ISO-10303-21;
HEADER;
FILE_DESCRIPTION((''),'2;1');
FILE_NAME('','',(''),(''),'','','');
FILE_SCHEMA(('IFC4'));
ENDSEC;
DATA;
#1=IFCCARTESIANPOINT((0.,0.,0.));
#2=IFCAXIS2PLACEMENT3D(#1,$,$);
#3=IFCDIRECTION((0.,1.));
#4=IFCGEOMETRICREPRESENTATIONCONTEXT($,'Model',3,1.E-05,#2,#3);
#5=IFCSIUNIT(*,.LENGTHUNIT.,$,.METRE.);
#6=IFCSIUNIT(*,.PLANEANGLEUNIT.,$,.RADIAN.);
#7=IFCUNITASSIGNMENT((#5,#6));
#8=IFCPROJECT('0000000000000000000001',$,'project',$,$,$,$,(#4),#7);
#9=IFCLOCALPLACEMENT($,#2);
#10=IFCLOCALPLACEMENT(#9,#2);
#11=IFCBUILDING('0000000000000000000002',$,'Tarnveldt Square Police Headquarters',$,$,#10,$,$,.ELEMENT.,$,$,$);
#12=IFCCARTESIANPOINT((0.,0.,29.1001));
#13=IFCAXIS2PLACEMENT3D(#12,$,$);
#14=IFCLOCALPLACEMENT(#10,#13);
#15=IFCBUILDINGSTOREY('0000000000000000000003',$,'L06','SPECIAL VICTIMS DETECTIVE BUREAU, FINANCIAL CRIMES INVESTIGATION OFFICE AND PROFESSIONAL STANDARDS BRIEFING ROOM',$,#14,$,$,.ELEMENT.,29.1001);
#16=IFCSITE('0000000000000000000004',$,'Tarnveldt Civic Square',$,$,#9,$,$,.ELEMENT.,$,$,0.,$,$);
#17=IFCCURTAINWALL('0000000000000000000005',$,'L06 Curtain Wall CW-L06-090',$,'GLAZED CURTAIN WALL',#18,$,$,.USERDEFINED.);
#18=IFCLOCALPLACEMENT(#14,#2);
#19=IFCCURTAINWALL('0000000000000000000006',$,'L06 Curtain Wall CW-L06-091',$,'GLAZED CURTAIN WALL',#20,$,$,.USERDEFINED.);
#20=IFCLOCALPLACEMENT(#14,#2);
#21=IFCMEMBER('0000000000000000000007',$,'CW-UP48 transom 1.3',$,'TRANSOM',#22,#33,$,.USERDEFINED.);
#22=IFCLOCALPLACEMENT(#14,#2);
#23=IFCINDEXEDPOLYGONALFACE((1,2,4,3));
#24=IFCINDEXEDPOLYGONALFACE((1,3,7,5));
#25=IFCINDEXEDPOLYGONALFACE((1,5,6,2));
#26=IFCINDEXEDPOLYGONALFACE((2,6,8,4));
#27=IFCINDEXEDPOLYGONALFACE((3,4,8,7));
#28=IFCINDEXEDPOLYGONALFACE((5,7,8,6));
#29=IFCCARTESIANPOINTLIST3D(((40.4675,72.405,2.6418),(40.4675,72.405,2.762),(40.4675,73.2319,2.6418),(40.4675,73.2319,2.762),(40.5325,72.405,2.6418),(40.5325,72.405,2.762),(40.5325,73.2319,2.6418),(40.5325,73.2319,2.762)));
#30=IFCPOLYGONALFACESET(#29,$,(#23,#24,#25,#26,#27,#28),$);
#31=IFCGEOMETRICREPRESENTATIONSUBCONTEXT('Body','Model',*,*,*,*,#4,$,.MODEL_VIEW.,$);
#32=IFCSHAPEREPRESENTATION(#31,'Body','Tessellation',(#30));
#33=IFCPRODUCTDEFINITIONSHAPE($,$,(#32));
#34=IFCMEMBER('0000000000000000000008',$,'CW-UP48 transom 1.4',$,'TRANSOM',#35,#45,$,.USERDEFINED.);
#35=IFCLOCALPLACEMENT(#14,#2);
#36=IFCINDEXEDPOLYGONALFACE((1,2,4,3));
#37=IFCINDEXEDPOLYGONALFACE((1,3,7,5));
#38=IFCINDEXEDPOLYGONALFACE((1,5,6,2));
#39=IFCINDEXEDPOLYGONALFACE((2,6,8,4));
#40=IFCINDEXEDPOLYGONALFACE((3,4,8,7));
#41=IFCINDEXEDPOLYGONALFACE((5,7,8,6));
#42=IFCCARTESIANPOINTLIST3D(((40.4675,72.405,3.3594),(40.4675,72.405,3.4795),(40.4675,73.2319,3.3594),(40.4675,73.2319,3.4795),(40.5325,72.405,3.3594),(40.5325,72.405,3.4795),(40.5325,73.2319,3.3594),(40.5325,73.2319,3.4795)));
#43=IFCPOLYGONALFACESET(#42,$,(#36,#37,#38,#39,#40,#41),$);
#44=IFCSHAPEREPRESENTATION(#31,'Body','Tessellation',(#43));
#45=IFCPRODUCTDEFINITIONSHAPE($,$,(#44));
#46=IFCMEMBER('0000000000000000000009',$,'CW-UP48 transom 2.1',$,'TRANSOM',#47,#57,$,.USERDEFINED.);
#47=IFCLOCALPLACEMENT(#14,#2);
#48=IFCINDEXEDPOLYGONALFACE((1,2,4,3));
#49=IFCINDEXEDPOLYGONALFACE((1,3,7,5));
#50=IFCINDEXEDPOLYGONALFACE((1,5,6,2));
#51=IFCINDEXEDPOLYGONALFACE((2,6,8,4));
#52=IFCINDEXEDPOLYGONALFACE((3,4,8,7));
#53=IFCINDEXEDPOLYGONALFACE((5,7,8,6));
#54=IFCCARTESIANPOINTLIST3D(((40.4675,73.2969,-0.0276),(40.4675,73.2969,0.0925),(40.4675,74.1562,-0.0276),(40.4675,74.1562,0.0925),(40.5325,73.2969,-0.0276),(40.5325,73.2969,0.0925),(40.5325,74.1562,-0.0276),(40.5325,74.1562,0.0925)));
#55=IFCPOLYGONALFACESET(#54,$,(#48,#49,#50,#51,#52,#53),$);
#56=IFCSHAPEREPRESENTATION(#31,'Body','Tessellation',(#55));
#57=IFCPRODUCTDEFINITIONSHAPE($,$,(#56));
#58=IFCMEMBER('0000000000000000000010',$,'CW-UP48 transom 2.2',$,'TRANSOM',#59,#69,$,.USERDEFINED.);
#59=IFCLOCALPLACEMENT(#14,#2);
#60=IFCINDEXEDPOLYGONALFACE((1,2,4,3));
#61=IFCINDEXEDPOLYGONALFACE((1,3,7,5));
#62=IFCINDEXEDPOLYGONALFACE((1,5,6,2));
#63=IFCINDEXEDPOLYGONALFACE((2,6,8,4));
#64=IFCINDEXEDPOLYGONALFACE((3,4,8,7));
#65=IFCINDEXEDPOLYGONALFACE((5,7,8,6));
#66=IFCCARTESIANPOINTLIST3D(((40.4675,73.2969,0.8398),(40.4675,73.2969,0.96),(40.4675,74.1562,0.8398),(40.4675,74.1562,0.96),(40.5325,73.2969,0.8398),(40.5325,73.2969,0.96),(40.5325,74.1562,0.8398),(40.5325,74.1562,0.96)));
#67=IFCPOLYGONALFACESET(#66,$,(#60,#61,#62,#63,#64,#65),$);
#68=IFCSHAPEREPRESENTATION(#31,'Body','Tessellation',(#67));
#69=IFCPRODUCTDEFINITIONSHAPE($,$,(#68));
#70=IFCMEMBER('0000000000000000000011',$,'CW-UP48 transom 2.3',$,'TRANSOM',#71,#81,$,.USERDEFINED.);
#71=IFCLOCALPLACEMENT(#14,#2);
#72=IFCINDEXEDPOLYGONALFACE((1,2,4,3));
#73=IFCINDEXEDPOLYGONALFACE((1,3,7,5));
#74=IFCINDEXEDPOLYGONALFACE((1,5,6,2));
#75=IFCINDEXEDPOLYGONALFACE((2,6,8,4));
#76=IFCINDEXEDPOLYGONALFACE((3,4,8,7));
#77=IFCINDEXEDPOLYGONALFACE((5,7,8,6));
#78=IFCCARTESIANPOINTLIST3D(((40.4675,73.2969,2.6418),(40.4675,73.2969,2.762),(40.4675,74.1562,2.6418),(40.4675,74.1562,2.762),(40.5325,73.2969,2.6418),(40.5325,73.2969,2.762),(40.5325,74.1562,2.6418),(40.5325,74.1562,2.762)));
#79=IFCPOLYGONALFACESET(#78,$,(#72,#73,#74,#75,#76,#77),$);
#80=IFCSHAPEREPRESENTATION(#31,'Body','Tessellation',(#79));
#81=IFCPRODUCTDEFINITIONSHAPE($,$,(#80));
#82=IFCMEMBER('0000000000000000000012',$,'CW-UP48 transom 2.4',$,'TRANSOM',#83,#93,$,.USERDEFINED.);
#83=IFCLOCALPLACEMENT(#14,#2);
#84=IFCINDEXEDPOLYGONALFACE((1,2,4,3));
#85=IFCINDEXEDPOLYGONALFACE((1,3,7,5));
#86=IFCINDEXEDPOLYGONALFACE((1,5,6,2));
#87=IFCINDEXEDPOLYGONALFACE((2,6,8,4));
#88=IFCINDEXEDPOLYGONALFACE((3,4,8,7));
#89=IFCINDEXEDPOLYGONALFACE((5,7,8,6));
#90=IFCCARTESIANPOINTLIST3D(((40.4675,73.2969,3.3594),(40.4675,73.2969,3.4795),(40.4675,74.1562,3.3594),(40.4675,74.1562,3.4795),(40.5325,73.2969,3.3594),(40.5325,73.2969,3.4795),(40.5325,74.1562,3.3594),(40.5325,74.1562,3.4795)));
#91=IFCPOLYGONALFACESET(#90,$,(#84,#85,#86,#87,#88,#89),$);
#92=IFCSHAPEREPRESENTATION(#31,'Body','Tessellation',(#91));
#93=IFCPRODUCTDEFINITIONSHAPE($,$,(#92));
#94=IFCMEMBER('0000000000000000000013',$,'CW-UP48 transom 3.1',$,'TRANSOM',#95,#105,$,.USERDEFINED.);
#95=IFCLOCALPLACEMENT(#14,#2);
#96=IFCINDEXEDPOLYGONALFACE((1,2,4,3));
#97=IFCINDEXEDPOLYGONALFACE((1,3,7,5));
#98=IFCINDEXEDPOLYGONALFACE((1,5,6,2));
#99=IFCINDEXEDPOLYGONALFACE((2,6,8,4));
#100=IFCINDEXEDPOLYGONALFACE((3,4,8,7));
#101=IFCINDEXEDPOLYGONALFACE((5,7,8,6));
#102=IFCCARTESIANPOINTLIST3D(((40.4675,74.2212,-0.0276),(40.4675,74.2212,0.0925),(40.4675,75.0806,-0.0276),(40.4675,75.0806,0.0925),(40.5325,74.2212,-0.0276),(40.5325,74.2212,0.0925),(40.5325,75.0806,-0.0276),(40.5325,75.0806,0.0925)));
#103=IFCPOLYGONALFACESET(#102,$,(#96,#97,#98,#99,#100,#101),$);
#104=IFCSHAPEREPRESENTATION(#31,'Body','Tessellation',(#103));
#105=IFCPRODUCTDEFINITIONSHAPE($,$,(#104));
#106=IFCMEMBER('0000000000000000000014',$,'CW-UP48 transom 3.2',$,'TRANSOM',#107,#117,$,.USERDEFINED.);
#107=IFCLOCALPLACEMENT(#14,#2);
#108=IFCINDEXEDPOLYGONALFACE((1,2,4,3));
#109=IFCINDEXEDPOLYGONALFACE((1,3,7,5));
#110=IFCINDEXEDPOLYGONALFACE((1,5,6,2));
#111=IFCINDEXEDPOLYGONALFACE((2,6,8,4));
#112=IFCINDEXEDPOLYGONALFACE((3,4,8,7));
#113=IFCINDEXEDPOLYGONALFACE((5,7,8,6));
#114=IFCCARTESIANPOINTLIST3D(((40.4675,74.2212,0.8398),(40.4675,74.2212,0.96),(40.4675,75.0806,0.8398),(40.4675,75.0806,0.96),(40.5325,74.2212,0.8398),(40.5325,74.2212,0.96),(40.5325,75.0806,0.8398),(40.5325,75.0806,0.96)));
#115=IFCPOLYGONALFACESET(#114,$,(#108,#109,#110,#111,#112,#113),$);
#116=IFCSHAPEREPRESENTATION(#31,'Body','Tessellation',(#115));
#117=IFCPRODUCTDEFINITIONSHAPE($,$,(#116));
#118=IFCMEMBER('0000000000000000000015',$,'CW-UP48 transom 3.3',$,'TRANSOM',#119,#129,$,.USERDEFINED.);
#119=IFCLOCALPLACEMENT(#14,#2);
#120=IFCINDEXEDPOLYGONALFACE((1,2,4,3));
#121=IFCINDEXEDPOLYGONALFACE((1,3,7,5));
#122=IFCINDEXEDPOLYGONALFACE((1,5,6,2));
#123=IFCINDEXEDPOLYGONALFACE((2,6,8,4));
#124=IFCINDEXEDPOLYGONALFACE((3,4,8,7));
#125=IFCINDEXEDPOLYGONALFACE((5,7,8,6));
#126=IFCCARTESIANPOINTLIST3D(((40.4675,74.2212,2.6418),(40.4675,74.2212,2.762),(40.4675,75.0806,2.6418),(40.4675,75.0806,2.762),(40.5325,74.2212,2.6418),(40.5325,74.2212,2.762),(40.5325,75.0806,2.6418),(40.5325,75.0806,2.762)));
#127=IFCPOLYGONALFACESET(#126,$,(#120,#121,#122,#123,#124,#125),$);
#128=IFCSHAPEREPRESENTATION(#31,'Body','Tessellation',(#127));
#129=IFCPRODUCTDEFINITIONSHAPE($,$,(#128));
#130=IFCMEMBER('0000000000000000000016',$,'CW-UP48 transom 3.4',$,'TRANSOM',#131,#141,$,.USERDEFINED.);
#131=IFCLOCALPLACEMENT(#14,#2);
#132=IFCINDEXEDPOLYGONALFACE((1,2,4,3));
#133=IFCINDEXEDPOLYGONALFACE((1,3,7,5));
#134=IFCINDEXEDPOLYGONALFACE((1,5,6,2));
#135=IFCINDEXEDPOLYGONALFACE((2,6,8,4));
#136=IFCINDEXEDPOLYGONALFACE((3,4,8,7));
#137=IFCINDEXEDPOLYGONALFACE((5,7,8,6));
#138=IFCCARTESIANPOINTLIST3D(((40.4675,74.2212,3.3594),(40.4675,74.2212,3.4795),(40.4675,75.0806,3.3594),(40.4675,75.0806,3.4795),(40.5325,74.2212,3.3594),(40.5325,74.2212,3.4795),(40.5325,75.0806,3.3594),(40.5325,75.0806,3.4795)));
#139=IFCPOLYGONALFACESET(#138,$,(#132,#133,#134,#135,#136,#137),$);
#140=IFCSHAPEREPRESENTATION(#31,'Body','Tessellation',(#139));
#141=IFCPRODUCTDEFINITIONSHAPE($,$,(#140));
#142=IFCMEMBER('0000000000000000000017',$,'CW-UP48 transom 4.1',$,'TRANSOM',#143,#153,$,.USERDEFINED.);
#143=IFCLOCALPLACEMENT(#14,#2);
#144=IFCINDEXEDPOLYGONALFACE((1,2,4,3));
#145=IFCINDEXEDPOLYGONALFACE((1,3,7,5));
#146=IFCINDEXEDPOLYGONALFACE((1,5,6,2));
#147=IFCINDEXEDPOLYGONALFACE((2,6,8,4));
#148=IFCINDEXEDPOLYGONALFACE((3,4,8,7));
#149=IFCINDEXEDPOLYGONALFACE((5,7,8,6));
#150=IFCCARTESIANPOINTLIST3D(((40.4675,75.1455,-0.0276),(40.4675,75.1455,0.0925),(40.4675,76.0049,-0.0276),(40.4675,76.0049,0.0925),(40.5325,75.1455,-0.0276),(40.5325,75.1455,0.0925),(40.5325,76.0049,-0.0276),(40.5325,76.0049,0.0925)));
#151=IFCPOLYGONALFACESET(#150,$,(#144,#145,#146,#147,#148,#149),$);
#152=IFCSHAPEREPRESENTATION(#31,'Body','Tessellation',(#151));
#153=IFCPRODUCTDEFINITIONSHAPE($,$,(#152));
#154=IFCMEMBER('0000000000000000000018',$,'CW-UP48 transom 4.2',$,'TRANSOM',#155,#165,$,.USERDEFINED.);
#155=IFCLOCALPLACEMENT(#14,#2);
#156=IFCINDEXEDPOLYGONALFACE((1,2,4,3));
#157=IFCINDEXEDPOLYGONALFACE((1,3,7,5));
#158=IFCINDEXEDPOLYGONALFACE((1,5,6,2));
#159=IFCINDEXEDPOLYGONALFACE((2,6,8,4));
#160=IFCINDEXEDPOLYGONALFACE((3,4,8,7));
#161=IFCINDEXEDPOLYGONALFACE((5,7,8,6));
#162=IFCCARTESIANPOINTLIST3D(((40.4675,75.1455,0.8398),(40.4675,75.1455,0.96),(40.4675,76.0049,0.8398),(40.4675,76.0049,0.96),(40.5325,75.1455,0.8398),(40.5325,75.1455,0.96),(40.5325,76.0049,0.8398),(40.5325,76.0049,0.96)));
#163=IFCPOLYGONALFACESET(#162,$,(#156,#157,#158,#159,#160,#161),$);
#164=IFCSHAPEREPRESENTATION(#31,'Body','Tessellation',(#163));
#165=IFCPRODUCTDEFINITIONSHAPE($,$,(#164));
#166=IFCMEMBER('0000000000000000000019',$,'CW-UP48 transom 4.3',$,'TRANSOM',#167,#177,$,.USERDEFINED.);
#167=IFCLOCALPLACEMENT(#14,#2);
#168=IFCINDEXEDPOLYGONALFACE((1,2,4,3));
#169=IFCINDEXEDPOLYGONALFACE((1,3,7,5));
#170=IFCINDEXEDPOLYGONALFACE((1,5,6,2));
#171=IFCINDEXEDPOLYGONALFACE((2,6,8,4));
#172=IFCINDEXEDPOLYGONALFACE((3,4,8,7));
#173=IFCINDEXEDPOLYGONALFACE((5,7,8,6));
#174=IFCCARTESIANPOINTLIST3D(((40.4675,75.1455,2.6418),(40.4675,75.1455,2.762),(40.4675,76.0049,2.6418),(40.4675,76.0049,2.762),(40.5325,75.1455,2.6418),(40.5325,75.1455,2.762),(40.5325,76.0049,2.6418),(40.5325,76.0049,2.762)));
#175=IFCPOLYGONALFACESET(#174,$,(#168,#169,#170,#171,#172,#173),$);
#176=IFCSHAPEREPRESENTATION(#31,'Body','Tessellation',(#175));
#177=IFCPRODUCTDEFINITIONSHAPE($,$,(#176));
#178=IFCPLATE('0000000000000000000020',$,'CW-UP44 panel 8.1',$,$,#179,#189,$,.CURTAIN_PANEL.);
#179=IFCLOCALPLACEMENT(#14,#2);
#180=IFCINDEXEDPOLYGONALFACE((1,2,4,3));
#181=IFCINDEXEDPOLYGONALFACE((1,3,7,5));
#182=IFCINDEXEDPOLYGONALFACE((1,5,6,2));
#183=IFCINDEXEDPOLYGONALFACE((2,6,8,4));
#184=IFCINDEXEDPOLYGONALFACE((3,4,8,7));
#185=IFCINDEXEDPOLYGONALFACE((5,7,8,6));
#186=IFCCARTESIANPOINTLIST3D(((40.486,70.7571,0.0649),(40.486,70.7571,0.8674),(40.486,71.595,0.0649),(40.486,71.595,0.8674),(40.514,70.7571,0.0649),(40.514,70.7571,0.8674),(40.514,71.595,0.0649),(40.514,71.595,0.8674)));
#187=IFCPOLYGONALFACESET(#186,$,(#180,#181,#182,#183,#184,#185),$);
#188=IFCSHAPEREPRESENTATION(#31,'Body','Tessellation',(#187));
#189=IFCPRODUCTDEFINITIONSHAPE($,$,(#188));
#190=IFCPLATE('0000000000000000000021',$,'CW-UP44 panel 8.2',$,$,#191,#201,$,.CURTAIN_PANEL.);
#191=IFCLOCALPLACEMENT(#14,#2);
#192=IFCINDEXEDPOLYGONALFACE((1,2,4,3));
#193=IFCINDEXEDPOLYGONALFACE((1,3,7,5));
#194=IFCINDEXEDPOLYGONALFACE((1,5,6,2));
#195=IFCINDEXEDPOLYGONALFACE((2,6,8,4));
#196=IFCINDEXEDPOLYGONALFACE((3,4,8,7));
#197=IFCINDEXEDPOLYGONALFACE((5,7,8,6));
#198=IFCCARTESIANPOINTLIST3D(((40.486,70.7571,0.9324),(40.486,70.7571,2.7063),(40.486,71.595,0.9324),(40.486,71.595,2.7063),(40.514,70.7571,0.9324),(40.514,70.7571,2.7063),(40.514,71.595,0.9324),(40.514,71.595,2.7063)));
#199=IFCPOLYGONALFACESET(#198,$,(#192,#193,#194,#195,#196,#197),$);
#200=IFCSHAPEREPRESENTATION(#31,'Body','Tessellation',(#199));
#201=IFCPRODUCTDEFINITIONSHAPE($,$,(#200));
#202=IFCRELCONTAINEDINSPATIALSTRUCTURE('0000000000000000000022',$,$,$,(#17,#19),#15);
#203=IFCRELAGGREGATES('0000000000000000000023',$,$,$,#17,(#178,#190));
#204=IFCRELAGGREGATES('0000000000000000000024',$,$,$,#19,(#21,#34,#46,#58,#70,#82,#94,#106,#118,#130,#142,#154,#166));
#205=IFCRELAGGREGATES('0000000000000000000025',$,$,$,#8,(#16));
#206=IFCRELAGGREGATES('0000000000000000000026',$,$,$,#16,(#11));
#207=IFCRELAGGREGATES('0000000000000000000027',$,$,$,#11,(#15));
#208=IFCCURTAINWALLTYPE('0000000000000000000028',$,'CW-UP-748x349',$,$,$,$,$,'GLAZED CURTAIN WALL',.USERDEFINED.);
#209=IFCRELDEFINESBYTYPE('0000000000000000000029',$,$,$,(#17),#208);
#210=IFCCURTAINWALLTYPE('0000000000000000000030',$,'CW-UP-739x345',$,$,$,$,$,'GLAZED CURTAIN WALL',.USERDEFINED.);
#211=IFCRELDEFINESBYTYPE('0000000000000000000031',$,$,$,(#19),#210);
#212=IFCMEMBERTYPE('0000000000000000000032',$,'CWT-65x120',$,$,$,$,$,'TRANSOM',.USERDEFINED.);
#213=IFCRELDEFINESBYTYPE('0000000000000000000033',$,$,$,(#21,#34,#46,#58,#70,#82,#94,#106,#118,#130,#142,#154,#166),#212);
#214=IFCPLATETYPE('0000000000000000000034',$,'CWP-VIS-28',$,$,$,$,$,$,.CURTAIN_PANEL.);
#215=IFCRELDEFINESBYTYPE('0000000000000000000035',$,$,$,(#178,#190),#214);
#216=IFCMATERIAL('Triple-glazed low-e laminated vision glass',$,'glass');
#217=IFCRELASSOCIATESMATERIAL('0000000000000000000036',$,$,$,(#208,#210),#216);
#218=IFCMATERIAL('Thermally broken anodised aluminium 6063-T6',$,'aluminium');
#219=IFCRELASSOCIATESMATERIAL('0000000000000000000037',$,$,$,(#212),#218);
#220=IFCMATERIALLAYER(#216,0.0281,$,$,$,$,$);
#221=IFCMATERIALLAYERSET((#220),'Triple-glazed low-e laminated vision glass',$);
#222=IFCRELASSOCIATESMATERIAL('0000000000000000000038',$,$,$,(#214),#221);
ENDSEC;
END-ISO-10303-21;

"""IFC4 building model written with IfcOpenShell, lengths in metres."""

from ifc_helpers import new_model, si_unit, direction, frame, origin, origin_2d, place, context, subcontext, project, spatial, rectangle, extrude, material, layer, layer_set, material_profile, profile_set, type_object, element, aggregate, save


model = new_model("IFC4")

# Units and contexts
model_context = context("Model", 3, precision=1e-05, world=origin(), true_north=direction((0.0, 1.0)))
body_context = subcontext(model_context, "Body", "Model", "MODEL_VIEW")
ifc_project = project(units=[si_unit("LENGTHUNIT", "METRE"), si_unit("PLANEANGLEUNIT", "RADIAN")], contexts=[model_context])

# Site, building, storey
site_placement = place(None, origin())
site = spatial("IfcSite", under=ifc_project, at=site_placement, Name="Tarnveldt Civic Square", CompositionType="ELEMENT", RefElevation=0.0)
building_placement = place(site_placement, origin())
building = spatial("IfcBuilding", under=site, at=building_placement, Name="Tarnveldt Square Police Headquarters", CompositionType="ELEMENT")
storey_placement = place(building_placement, frame((0.0, 0.0, 29.1001)))
storey = spatial("IfcBuildingStorey", under=building, at=storey_placement, Name="L06", Description="SPECIAL VICTIMS DETECTIVE BUREAU, FINANCIAL CRIMES INVESTIGATION OFFICE AND PROFESSIONAL STANDARDS BRIEFING ROOM", CompositionType="ELEMENT", Elevation=29.1001)

# Curtain wall
ifc_material_1 = material(Name="Triple-glazed low-e laminated vision glass", Category="glass")
curtain_wall_type_1 = type_object("IfcCurtainWallType", Name="CW-UP-748x349", ElementType="GLAZED CURTAIN WALL", PredefinedType="USERDEFINED", material=ifc_material_1)
curtain_wall_1_placement = place(storey_placement, origin())
curtain_wall_1 = element("IfcCurtainWall", 1, at=curtain_wall_1_placement, inside=storey, type_object=curtain_wall_type_1, Name="L06 Curtain Wall CW-L06-090", ObjectType="GLAZED CURTAIN WALL", PredefinedType="USERDEFINED")
ifc_material_2 = material(Name="Thermally broken anodised aluminium 6063-T6", Category="aluminium")

# Curtain wall
curtain_wall_type_2 = type_object("IfcCurtainWallType", Name="CW-UP-739x345", ElementType="GLAZED CURTAIN WALL", PredefinedType="USERDEFINED", material=ifc_material_1)
curtain_wall_2_placement = place(storey_placement, origin())
curtain_wall_2 = element("IfcCurtainWall", 2, at=curtain_wall_2_placement, inside=storey, type_object=curtain_wall_type_2, Name="L06 Curtain Wall CW-L06-091", ObjectType="GLAZED CURTAIN WALL", PredefinedType="USERDEFINED")

# Members
ifc_material_profile_1 = material_profile(ifc_material_2, rectangle(XDim=0.0649, YDim=0.1201, at=origin_2d()), Name="CW-T65x120")
ifc_profile_set_1 = profile_set([ifc_material_profile_1], Name="Thermally broken anodised aluminium 6063-T6")
member_type_1 = type_object("IfcMemberType", Name="CWT-65x120", ElementType="TRANSOM", PredefinedType="USERDEFINED", material=ifc_profile_set_1)
member_1_placement = place(storey_placement, frame((40.5, 72.405, 2.7019), z_axis=(0.0, 1.0, 0.0), x_axis=(-1.0, 0.0, 0.0)))
member_1 = element("IfcMember", 3, at=member_1_placement, type_object=member_type_1, Name="CW-UP48 transom 1.3", ObjectType="TRANSOM", PredefinedType="USERDEFINED", context=body_context, shape_type="SweptSolid", body=[
    extrude(rectangle(XDim=0.0649, YDim=0.1201, at=origin_2d()), origin(), (0.0, 0.0, 1.0), 0.8269),
])
member_2_placement = place(storey_placement, frame((40.5, 72.405, 3.4194), z_axis=(0.0, 1.0, 0.0), x_axis=(-1.0, 0.0, 0.0)))
member_2 = element("IfcMember", 4, at=member_2_placement, type_object=member_type_1, Name="CW-UP48 transom 1.4", ObjectType="TRANSOM", PredefinedType="USERDEFINED", context=body_context, shape_type="SweptSolid", body=[
    extrude(rectangle(XDim=0.0649, YDim=0.1201, at=origin_2d()), origin(), (0.0, 0.0, 1.0), 0.8269),
])
member_3_placement = place(storey_placement, frame((40.5, 73.2969, 0.0325), z_axis=(0.0, 1.0, 0.0), x_axis=(-1.0, 0.0, 0.0)))
member_3 = element("IfcMember", 5, at=member_3_placement, type_object=member_type_1, Name="CW-UP48 transom 2.1", ObjectType="TRANSOM", PredefinedType="USERDEFINED", context=body_context, shape_type="SweptSolid", body=[
    extrude(rectangle(XDim=0.0649, YDim=0.1201, at=origin_2d()), origin(), (0.0, 0.0, 1.0), 0.8594),
])
member_4_placement = place(storey_placement, frame((40.5, 73.2969, 0.8999), z_axis=(0.0, 1.0, 0.0), x_axis=(-1.0, 0.0, 0.0)))
member_4 = element("IfcMember", 6, at=member_4_placement, type_object=member_type_1, Name="CW-UP48 transom 2.2", ObjectType="TRANSOM", PredefinedType="USERDEFINED", context=body_context, shape_type="SweptSolid", body=[
    extrude(rectangle(XDim=0.0649, YDim=0.1201, at=origin_2d()), origin(), (0.0, 0.0, 1.0), 0.8594),
])
member_5_placement = place(storey_placement, frame((40.5, 73.2969, 2.7019), z_axis=(0.0, 1.0, 0.0), x_axis=(-1.0, 0.0, 0.0)))
member_5 = element("IfcMember", 7, at=member_5_placement, type_object=member_type_1, Name="CW-UP48 transom 2.3", ObjectType="TRANSOM", PredefinedType="USERDEFINED", context=body_context, shape_type="SweptSolid", body=[
    extrude(rectangle(XDim=0.0649, YDim=0.1201, at=origin_2d()), origin(), (0.0, 0.0, 1.0), 0.8594),
])
member_6_placement = place(storey_placement, frame((40.5, 73.2969, 3.4194), z_axis=(0.0, 1.0, 0.0), x_axis=(-1.0, 0.0, 0.0)))
member_6 = element("IfcMember", 8, at=member_6_placement, type_object=member_type_1, Name="CW-UP48 transom 2.4", ObjectType="TRANSOM", PredefinedType="USERDEFINED", context=body_context, shape_type="SweptSolid", body=[
    extrude(rectangle(XDim=0.0649, YDim=0.1201, at=origin_2d()), origin(), (0.0, 0.0, 1.0), 0.8594),
])
member_7_placement = place(storey_placement, frame((40.5, 74.2212, 0.0325), z_axis=(0.0, 1.0, 0.0), x_axis=(-1.0, 0.0, 0.0)))
member_7 = element("IfcMember", 9, at=member_7_placement, type_object=member_type_1, Name="CW-UP48 transom 3.1", ObjectType="TRANSOM", PredefinedType="USERDEFINED", context=body_context, shape_type="SweptSolid", body=[
    extrude(rectangle(XDim=0.0649, YDim=0.1201, at=origin_2d()), origin(), (0.0, 0.0, 1.0), 0.8594),
])
member_8_placement = place(storey_placement, frame((40.5, 74.2212, 0.8999), z_axis=(0.0, 1.0, 0.0), x_axis=(-1.0, 0.0, 0.0)))
member_8 = element("IfcMember", 10, at=member_8_placement, type_object=member_type_1, Name="CW-UP48 transom 3.2", ObjectType="TRANSOM", PredefinedType="USERDEFINED", context=body_context, shape_type="SweptSolid", body=[
    extrude(rectangle(XDim=0.0649, YDim=0.1201, at=origin_2d()), origin(), (0.0, 0.0, 1.0), 0.8594),
])
member_9_placement = place(storey_placement, frame((40.5, 74.2212, 2.7019), z_axis=(0.0, 1.0, 0.0), x_axis=(-1.0, 0.0, 0.0)))
member_9 = element("IfcMember", 11, at=member_9_placement, type_object=member_type_1, Name="CW-UP48 transom 3.3", ObjectType="TRANSOM", PredefinedType="USERDEFINED", context=body_context, shape_type="SweptSolid", body=[
    extrude(rectangle(XDim=0.0649, YDim=0.1201, at=origin_2d()), origin(), (0.0, 0.0, 1.0), 0.8594),
])
member_10_placement = place(storey_placement, frame((40.5, 74.2212, 3.4194), z_axis=(0.0, 1.0, 0.0), x_axis=(-1.0, 0.0, 0.0)))
member_10 = element("IfcMember", 12, at=member_10_placement, type_object=member_type_1, Name="CW-UP48 transom 3.4", ObjectType="TRANSOM", PredefinedType="USERDEFINED", context=body_context, shape_type="SweptSolid", body=[
    extrude(rectangle(XDim=0.0649, YDim=0.1201, at=origin_2d()), origin(), (0.0, 0.0, 1.0), 0.8594),
])
member_11_placement = place(storey_placement, frame((40.5, 75.1455, 0.0325), z_axis=(0.0, 1.0, 0.0), x_axis=(-1.0, 0.0, 0.0)))
member_11 = element("IfcMember", 13, at=member_11_placement, type_object=member_type_1, Name="CW-UP48 transom 4.1", ObjectType="TRANSOM", PredefinedType="USERDEFINED", context=body_context, shape_type="SweptSolid", body=[
    extrude(rectangle(XDim=0.0649, YDim=0.1201, at=origin_2d()), origin(), (0.0, 0.0, 1.0), 0.8594),
])
member_12_placement = place(storey_placement, frame((40.5, 75.1455, 0.8999), z_axis=(0.0, 1.0, 0.0), x_axis=(-1.0, 0.0, 0.0)))
member_12 = element("IfcMember", 14, at=member_12_placement, type_object=member_type_1, Name="CW-UP48 transom 4.2", ObjectType="TRANSOM", PredefinedType="USERDEFINED", context=body_context, shape_type="SweptSolid", body=[
    extrude(rectangle(XDim=0.0649, YDim=0.1201, at=origin_2d()), origin(), (0.0, 0.0, 1.0), 0.8594),
])
member_13_placement = place(storey_placement, frame((40.5, 75.1455, 2.7019), z_axis=(0.0, 1.0, 0.0), x_axis=(-1.0, 0.0, 0.0)))
member_13 = element("IfcMember", 15, at=member_13_placement, type_object=member_type_1, Name="CW-UP48 transom 4.3", ObjectType="TRANSOM", PredefinedType="USERDEFINED", context=body_context, shape_type="SweptSolid", body=[
    extrude(rectangle(XDim=0.0649, YDim=0.1201, at=origin_2d()), origin(), (0.0, 0.0, 1.0), 0.8594),
])

# Plates
ifc_layer = layer(ifc_material_1, 0.0281)
ifc_layer_set = layer_set([ifc_layer], Name="Triple-glazed low-e laminated vision glass")
plate_type = type_object("IfcPlateType", Name="CWP-VIS-28", PredefinedType="CURTAIN_PANEL", material=ifc_layer_set)
plate_1_placement = place(storey_placement, frame((40.5, 71.176, 0.0649), z_axis=(0.0, 0.0, 1.0), x_axis=(0.0, 1.0, 0.0)))
plate_1 = element("IfcPlate", 16, at=plate_1_placement, type_object=plate_type, Name="CW-UP44 panel 8.1", PredefinedType="CURTAIN_PANEL", context=body_context, shape_type="SweptSolid", body=[
    extrude(rectangle(XDim=0.8379, YDim=0.0281, at=origin_2d()), origin(), (0.0, 0.0, 1.0), 0.8025),
])
plate_2_placement = place(storey_placement, frame((40.5, 71.176, 0.9324), z_axis=(0.0, 0.0, 1.0), x_axis=(0.0, 1.0, 0.0)))
plate_2 = element("IfcPlate", 17, at=plate_2_placement, type_object=plate_type, Name="CW-UP44 panel 8.2", PredefinedType="CURTAIN_PANEL", context=body_context, shape_type="SweptSolid", body=[
    extrude(rectangle(XDim=0.8379, YDim=0.0281, at=origin_2d()), origin(), (0.0, 0.0, 1.0), 1.7739),
])
aggregate(curtain_wall_1, [plate_1, plate_2])
aggregate(curtain_wall_2, [member_1, member_2, member_3, member_4, member_5, member_6, member_7, member_8, member_9, member_10, member_11, member_12, member_13])

save(model, "model.ifc")
